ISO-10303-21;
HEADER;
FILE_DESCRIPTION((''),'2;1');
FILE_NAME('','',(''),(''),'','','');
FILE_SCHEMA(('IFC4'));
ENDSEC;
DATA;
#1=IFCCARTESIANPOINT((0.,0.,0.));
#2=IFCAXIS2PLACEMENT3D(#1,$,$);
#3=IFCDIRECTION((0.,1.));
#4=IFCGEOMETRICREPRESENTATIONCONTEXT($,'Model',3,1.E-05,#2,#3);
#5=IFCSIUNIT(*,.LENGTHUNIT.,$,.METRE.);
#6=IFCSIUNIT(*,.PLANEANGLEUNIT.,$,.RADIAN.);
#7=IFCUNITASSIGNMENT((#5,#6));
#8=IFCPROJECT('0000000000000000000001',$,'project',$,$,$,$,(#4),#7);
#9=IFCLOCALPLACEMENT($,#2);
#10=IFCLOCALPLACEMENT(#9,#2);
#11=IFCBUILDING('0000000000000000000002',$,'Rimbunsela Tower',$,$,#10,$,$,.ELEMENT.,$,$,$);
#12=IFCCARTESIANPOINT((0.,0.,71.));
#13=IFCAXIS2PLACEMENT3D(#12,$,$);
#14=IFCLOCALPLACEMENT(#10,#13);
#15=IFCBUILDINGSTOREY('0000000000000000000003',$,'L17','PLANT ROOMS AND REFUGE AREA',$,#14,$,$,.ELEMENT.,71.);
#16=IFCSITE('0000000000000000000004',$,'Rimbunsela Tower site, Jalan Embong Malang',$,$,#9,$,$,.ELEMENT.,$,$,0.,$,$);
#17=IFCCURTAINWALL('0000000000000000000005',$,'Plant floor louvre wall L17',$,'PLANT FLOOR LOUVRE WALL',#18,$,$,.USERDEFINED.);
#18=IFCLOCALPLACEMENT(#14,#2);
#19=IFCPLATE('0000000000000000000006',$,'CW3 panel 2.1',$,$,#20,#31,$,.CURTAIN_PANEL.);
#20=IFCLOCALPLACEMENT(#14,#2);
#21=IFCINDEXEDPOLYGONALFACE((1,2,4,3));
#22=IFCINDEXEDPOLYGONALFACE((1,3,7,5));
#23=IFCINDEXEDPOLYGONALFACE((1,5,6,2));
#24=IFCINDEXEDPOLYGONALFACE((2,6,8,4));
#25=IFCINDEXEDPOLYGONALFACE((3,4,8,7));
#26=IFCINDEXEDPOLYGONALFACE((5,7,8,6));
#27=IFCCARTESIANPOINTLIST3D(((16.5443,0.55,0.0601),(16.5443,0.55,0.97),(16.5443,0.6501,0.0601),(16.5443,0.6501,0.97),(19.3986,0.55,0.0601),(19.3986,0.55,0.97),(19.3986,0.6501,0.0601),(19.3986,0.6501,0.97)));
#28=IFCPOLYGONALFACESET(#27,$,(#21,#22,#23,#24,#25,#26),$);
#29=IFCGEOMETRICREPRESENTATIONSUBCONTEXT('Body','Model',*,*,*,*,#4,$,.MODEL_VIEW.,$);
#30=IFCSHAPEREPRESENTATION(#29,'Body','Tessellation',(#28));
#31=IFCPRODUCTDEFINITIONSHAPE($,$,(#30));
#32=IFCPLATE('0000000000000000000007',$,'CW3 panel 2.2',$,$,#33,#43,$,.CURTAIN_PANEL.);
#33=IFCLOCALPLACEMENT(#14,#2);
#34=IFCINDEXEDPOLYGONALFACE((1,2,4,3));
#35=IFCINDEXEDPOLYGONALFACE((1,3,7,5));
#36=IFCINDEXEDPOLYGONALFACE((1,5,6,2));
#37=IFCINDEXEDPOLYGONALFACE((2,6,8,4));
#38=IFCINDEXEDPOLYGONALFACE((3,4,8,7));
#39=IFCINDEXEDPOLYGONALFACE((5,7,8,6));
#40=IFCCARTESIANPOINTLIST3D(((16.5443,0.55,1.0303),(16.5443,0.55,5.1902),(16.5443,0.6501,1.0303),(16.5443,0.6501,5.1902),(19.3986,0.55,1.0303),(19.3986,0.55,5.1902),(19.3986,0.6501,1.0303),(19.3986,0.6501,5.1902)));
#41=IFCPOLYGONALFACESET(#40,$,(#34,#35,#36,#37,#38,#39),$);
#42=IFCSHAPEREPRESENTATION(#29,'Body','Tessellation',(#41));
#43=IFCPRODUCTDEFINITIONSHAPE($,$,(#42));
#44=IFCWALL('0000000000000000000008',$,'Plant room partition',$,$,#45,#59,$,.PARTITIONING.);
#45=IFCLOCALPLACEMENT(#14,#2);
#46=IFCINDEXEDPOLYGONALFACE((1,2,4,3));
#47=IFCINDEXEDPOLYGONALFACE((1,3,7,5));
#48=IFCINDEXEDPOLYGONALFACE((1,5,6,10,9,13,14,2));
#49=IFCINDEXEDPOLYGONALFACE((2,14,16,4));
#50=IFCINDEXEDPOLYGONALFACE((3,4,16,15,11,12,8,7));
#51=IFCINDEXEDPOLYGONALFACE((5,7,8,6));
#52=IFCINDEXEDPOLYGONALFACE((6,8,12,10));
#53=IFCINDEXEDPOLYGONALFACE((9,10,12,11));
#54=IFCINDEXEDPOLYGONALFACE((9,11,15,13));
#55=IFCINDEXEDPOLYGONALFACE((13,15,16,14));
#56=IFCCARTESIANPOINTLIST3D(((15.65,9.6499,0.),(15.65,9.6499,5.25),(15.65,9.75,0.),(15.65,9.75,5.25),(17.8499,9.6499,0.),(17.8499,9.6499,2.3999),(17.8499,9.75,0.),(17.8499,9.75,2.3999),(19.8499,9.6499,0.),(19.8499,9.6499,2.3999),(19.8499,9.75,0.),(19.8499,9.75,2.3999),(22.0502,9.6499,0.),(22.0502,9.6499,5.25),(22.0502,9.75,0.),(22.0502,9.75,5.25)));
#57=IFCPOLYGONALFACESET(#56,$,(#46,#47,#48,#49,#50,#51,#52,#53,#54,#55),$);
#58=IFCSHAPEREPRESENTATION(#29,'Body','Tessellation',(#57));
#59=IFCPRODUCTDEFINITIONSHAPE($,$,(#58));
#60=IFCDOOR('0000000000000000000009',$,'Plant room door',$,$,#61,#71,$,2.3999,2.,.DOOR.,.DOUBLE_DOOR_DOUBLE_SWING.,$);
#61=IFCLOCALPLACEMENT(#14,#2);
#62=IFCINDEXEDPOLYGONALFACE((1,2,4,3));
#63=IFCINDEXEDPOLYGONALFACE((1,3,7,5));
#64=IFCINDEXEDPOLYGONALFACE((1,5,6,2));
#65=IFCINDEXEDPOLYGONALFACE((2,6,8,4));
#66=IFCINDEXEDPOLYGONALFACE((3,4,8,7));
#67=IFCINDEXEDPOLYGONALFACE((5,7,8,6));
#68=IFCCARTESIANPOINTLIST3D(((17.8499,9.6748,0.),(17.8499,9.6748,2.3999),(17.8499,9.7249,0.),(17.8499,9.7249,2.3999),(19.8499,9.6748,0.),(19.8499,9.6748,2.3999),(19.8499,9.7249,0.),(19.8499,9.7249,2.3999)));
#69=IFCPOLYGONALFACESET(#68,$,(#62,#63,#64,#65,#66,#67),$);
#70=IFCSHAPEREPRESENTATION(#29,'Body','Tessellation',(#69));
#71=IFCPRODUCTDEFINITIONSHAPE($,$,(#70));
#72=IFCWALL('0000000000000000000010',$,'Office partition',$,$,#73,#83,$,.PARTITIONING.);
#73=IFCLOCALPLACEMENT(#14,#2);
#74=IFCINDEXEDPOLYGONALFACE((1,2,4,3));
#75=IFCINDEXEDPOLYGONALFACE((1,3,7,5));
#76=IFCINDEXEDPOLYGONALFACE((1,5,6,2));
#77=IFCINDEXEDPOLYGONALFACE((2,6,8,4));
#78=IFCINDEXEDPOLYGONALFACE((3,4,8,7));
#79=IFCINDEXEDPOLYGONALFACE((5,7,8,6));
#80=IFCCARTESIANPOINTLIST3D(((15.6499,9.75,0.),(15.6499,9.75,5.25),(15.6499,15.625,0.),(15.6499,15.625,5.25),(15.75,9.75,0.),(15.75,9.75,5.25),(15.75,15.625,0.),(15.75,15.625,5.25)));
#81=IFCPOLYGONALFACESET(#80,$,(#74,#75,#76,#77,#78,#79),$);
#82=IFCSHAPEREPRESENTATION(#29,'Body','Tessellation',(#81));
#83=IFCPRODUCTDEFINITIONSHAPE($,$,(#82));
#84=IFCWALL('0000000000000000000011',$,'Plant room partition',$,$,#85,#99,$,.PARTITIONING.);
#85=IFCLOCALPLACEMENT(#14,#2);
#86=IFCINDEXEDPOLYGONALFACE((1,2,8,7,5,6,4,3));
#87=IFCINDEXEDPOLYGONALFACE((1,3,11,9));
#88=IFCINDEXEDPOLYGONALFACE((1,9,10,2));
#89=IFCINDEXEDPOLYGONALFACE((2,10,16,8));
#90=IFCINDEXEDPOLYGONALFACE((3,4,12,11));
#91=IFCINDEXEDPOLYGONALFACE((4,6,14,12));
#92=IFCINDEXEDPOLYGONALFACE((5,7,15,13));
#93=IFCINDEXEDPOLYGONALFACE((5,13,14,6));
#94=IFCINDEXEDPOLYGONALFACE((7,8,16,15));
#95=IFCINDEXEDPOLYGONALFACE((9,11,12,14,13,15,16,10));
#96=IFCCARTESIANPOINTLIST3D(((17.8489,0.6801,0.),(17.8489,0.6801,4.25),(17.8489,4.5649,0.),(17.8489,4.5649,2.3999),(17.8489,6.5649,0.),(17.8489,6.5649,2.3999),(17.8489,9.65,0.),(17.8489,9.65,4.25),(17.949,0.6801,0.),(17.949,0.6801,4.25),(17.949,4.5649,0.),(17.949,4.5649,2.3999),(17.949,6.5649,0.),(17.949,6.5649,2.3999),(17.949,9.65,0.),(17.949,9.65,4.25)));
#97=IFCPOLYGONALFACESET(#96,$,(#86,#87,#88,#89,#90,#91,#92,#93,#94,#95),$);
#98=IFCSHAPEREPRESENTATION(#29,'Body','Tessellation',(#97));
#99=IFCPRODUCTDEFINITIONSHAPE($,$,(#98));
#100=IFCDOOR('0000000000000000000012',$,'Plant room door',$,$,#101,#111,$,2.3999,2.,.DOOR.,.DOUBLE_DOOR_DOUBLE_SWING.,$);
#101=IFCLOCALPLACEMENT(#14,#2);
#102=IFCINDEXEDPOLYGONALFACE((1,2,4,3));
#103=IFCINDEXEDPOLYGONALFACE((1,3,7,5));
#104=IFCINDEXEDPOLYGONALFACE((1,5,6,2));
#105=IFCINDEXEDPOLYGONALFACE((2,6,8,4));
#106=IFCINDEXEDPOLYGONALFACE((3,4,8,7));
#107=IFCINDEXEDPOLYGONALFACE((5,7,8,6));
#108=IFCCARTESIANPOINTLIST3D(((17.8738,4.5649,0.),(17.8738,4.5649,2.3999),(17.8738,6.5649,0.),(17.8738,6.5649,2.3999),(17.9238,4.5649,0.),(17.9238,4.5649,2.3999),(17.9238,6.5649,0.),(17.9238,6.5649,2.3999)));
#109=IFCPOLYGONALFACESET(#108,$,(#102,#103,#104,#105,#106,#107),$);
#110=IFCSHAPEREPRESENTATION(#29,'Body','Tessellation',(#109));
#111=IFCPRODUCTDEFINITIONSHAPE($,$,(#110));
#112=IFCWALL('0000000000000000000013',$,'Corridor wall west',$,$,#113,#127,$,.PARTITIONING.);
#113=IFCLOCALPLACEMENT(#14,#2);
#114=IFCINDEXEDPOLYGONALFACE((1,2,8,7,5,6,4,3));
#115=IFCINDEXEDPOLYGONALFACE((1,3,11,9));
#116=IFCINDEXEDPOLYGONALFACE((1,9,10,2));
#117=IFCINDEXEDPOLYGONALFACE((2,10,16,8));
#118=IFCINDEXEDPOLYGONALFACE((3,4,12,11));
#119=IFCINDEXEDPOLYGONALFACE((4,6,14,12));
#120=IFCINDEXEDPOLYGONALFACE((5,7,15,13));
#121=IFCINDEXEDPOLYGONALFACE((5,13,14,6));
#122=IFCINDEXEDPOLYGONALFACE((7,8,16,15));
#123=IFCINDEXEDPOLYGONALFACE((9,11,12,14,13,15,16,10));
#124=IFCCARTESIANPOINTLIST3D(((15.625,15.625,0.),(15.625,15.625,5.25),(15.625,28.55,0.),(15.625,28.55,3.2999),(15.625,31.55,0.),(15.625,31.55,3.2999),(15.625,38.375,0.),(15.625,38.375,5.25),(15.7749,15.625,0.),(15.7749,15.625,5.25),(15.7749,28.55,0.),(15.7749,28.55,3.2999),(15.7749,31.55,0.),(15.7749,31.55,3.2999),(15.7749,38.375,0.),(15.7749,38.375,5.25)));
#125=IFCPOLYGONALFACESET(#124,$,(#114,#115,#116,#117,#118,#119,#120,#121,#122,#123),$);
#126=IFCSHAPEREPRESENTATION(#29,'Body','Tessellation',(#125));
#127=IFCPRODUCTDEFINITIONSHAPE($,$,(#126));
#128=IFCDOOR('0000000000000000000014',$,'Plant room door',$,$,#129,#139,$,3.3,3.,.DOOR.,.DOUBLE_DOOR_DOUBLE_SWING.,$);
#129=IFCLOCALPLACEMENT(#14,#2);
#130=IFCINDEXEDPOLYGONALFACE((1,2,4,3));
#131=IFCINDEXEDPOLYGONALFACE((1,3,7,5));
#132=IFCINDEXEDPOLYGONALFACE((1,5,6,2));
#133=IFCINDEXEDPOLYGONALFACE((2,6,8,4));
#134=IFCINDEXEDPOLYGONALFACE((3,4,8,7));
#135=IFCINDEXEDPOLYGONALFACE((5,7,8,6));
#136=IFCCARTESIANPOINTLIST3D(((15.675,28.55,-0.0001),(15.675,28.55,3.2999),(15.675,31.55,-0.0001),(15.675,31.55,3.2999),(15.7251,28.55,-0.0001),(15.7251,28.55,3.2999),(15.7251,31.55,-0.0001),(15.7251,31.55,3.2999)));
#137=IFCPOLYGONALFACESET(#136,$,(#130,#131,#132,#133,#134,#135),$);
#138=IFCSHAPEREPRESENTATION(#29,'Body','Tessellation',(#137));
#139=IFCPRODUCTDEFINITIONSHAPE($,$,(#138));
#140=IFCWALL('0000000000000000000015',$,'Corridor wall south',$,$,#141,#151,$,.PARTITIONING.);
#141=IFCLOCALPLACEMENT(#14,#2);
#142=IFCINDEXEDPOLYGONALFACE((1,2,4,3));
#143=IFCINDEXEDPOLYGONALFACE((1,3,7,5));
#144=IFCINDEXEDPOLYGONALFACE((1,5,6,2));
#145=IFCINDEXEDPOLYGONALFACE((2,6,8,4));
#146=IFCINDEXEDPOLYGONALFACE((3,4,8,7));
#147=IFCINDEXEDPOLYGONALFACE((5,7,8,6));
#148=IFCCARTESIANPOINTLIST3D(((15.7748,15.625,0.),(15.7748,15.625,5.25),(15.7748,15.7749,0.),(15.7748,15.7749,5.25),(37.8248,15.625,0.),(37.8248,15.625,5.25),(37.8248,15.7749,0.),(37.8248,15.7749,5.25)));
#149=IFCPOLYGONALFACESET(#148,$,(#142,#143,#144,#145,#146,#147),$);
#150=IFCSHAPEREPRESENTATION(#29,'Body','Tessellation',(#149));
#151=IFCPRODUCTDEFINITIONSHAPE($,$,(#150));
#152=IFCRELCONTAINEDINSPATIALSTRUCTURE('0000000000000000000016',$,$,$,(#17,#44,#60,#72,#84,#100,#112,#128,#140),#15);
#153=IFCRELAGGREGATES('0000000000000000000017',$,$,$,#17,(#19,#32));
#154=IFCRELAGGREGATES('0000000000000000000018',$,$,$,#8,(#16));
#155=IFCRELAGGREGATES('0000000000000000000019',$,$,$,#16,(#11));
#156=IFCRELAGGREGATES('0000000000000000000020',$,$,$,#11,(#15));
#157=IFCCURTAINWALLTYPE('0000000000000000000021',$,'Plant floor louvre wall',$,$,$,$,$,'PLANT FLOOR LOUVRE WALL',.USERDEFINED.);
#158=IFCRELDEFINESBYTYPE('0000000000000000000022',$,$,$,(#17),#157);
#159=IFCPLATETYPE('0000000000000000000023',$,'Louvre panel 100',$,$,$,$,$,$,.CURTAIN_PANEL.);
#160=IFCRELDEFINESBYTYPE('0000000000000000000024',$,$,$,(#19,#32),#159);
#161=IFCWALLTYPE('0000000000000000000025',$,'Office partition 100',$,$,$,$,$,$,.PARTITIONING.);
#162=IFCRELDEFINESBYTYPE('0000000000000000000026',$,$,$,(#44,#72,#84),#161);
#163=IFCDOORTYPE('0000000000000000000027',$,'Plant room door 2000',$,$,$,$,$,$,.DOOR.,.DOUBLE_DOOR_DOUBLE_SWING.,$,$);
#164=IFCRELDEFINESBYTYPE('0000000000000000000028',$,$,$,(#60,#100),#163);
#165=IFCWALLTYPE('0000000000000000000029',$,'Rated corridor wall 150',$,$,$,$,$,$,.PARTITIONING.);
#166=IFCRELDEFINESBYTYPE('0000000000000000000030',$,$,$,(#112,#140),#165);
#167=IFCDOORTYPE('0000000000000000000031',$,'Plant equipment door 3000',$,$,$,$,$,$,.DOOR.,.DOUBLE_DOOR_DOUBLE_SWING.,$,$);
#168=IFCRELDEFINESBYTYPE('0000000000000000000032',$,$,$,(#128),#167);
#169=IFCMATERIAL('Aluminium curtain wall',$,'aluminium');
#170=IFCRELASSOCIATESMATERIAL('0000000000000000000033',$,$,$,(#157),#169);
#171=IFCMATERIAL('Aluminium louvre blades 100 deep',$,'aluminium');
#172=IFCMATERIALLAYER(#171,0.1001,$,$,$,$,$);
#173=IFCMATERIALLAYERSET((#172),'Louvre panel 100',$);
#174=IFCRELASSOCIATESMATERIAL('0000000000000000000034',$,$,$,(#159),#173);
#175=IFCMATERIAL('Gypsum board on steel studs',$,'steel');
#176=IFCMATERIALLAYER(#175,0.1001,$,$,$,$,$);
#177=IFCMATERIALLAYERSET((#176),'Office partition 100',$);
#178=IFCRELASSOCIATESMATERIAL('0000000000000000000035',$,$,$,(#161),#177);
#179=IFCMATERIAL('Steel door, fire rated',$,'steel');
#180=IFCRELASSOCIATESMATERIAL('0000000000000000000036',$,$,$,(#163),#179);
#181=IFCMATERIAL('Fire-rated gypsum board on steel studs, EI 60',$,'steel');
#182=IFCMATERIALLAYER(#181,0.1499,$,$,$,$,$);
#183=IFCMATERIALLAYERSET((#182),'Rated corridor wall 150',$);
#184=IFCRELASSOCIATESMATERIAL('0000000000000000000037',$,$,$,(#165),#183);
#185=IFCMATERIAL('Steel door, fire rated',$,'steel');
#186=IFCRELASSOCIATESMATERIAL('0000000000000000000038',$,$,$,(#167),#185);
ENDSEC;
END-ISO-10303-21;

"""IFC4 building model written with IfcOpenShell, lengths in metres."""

from ifc_helpers import new_model, si_unit, direction, frame, frame_2d, origin, origin_2d, place, context, subcontext, project, spatial, rectangle, extrude, material, layer, layer_set, type_object, element, fill, aggregate, save


model = new_model("IFC4")

# Units and contexts
model_context = context("Model", 3, precision=1e-05, world=origin(), true_north=direction((0.0, 1.0)))
body_context = subcontext(model_context, "Body", "Model", "MODEL_VIEW")
ifc_project = project(units=[si_unit("LENGTHUNIT", "METRE"), si_unit("PLANEANGLEUNIT", "RADIAN")], contexts=[model_context])

# Site, building, storey
site_placement = place(None, origin())
site = spatial("IfcSite", under=ifc_project, at=site_placement, Name="Rimbunsela Tower site, Jalan Embong Malang", CompositionType="ELEMENT", RefElevation=0.0)
building_placement = place(site_placement, origin())
building = spatial("IfcBuilding", under=site, at=building_placement, Name="Rimbunsela Tower", CompositionType="ELEMENT")
storey_placement = place(building_placement, frame((0.0, 0.0, 71.0)))
storey = spatial("IfcBuildingStorey", under=building, at=storey_placement, Name="L17", Description="PLANT ROOMS AND REFUGE AREA", CompositionType="ELEMENT", Elevation=71.0)

# Curtain wall
ifc_material_1 = material(Name="Aluminium curtain wall", Category="aluminium")
curtain_wall_type_1 = type_object("IfcCurtainWallType", Name="Plant floor louvre wall", ElementType="PLANT FLOOR LOUVRE WALL", PredefinedType="USERDEFINED", material=ifc_material_1)
curtain_wall_1_placement = place(storey_placement, origin())
curtain_wall_1 = element("IfcCurtainWall", 1, at=curtain_wall_1_placement, inside=storey, type_object=curtain_wall_type_1, Name="Plant floor louvre wall L17", ObjectType="PLANT FLOOR LOUVRE WALL", PredefinedType="USERDEFINED")

# Plates
ifc_material_2 = material(Name="Aluminium louvre blades 100 deep", Category="aluminium")
ifc_layer_1 = layer(ifc_material_2, 0.1001)
ifc_layer_set_1 = layer_set([ifc_layer_1], Name="Louvre panel 100")
plate_type_1 = type_object("IfcPlateType", Name="Louvre panel 100", PredefinedType="CURTAIN_PANEL", material=ifc_layer_set_1)
plate_1_placement = place(storey_placement, frame((17.9714, 0.6001, 0.0601), z_axis=(0.0, 0.0, 1.0), x_axis=(1.0, 0.0, 0.0)))
plate_1 = element("IfcPlate", 2, at=plate_1_placement, type_object=plate_type_1, Name="CW3 panel 2.1", PredefinedType="CURTAIN_PANEL", context=body_context, shape_type="SweptSolid", body=[
    extrude(rectangle(XDim=2.8542, YDim=0.1001, at=origin_2d()), origin(), (0.0, 0.0, 1.0), 0.9099),
])
plate_2_placement = place(storey_placement, frame((17.9714, 0.6001, 1.0303), z_axis=(0.0, 0.0, 1.0), x_axis=(1.0, 0.0, 0.0)))
plate_2 = element("IfcPlate", 3, at=plate_2_placement, type_object=plate_type_1, Name="CW3 panel 2.2", PredefinedType="CURTAIN_PANEL", context=body_context, shape_type="SweptSolid", body=[
    extrude(rectangle(XDim=2.8542, YDim=0.1001, at=origin_2d()), origin(), (0.0, 0.0, 1.0), 4.1599),
])
aggregate(curtain_wall_1, [plate_1, plate_2])

# Wall, opening, door
ifc_material_3 = material(Name="Gypsum board on steel studs", Category="steel")
ifc_layer_2 = layer(ifc_material_3, 0.1001)
ifc_layer_set_2 = layer_set([ifc_layer_2], Name="Office partition 100")
wall_type_1 = type_object("IfcWallType", Name="Office partition 100", PredefinedType="PARTITIONING", material=ifc_layer_set_2)
wall_1_placement = place(storey_placement, frame((15.6499, 9.7, 0.0), z_axis=(0.0, 0.0, 1.0), x_axis=(1.0, 0.0, 0.0)))
wall_1 = element("IfcWall", 4, at=wall_1_placement, inside=storey, type_object=wall_type_1, Name="Plant room partition", PredefinedType="PARTITIONING", context=body_context, shape_type="SweptSolid", body=[
    extrude(rectangle(XDim=6.4001, YDim=0.1001, at=frame_2d((3.2002, 0.0))), origin(), (0.0, 0.0, 1.0), 5.25),
])
opening_1_placement = place(wall_1_placement, frame((2.2, 0.0, 0.0)))
opening_1 = element("IfcOpeningElement", 5, at=opening_1_placement, cuts=wall_1, PredefinedType="OPENING", context=body_context, shape_type="SweptSolid", body=[
    extrude(rectangle(XDim=2.0, YDim=2.3999, at=frame_2d((1.0, 1.2))), frame((0.0, 0.0601, 0.0), z_axis=(0.0, -1.0, 0.0), x_axis=(1.0, 0.0, 0.0)), (0.0, 0.0, 1.0), 0.1201),
])
ifc_material_4 = material(Name="Steel door, fire rated", Category="steel")
door_type_1 = type_object("IfcDoorType", Name="Plant room door 2000", OperationType="DOUBLE_DOOR_DOUBLE_SWING", PredefinedType="DOOR", material=ifc_material_4)
door_1_placement = place(opening_1_placement, origin())
door_1 = element("IfcDoor", 6, at=door_1_placement, inside=storey, type_object=door_type_1, Name="Plant room door", OperationType="DOUBLE_DOOR_DOUBLE_SWING", OverallHeight=2.3999, OverallWidth=2.0, PredefinedType="DOOR", context=body_context, shape_type="SweptSolid", body=[
    extrude(rectangle(XDim=2.0, YDim=2.3999, at=frame_2d((1.0, 1.2))), frame((0.0, 0.0249, 0.0), z_axis=(0.0, -1.0, 0.0), x_axis=(1.0, 0.0, 0.0)), (0.0, 0.0, 1.0), 0.05),
])
fill(opening_1, door_1)

# Wall
wall_2_placement = place(storey_placement, frame((15.7, 9.75, 0.0), z_axis=(0.0, 0.0, 1.0), x_axis=(0.0, 1.0, 0.0)))
element("IfcWall", 7, at=wall_2_placement, inside=storey, type_object=wall_type_1, Name="Office partition", PredefinedType="PARTITIONING", context=body_context, shape_type="SweptSolid", body=[
    extrude(rectangle(XDim=5.875, YDim=0.1001, at=frame_2d((2.9375, 0.0))), origin(), (0.0, 0.0, 1.0), 5.25),
])

# Walls, openings, doors
wall_3_placement = place(storey_placement, frame((17.8989, 9.6499, 0.0), z_axis=(0.0, 0.0, 1.0), x_axis=(0.0, -1.0, 0.0)))
wall_3 = element("IfcWall", 8, at=wall_3_placement, inside=storey, type_object=wall_type_1, Name="Plant room partition", PredefinedType="PARTITIONING", context=body_context, shape_type="SweptSolid", body=[
    extrude(rectangle(XDim=8.97, YDim=0.1001, at=frame_2d((4.4849, 0.0))), origin(), (0.0, 0.0, 1.0), 4.25),
])
opening_2_placement = place(wall_3_placement, frame((3.085, 0.0, 0.0)))
opening_2 = element("IfcOpeningElement", 9, at=opening_2_placement, cuts=wall_3, PredefinedType="OPENING", context=body_context, shape_type="SweptSolid", body=[
    extrude(rectangle(XDim=2.0, YDim=2.3999, at=frame_2d((1.0, 1.2))), frame((0.0, 0.0601, 0.0), z_axis=(0.0, -1.0, 0.0), x_axis=(1.0, 0.0, 0.0)), (0.0, 0.0, 1.0), 0.1201),
])
door_2_placement = place(opening_2_placement, origin())
door_2 = element("IfcDoor", 10, at=door_2_placement, inside=storey, type_object=door_type_1, Name="Plant room door", OperationType="DOUBLE_DOOR_DOUBLE_SWING", OverallHeight=2.3999, OverallWidth=2.0, PredefinedType="DOOR", context=body_context, shape_type="SweptSolid", body=[
    extrude(rectangle(XDim=2.0, YDim=2.3999, at=frame_2d((1.0, 1.2))), frame((0.0, 0.0249, 0.0), z_axis=(0.0, -1.0, 0.0), x_axis=(1.0, 0.0, 0.0)), (0.0, 0.0, 1.0), 0.05),
])
fill(opening_2, door_2)
ifc_material_5 = material(Name="Fire-rated gypsum board on steel studs, EI 60", Category="steel")
ifc_layer_3 = layer(ifc_material_5, 0.1499)
ifc_layer_set_3 = layer_set([ifc_layer_3], Name="Rated corridor wall 150")
wall_type_2 = type_object("IfcWallType", Name="Rated corridor wall 150", PredefinedType="PARTITIONING", material=ifc_layer_set_3)
wall_4_placement = place(storey_placement, frame((15.7, 15.625, 0.0), z_axis=(0.0, 0.0, 1.0), x_axis=(0.0, 1.0, 0.0)))
wall_4 = element("IfcWall", 11, at=wall_4_placement, inside=storey, type_object=wall_type_2, Name="Corridor wall west", PredefinedType="PARTITIONING", context=body_context, shape_type="SweptSolid", body=[
    extrude(rectangle(XDim=22.75, YDim=0.1499, at=frame_2d((11.375, 0.0))), origin(), (0.0, 0.0, 1.0), 5.25),
])
opening_3_placement = place(wall_4_placement, frame((12.925, 0.0, 0.0)))
opening_3 = element("IfcOpeningElement", 12, at=opening_3_placement, cuts=wall_4, PredefinedType="OPENING", context=body_context, shape_type="SweptSolid", body=[
    extrude(rectangle(XDim=3.0, YDim=3.3, at=frame_2d((1.5, 1.6499))), frame((0.0, 0.085, 0.0), z_axis=(0.0, -1.0, 0.0), x_axis=(1.0, 0.0, 0.0)), (0.0, 0.0, 1.0), 0.1699),
])
ifc_material_6 = material(Name="Steel door, fire rated", Category="steel")
door_type_2 = type_object("IfcDoorType", Name="Plant equipment door 3000", OperationType="DOUBLE_DOOR_DOUBLE_SWING", PredefinedType="DOOR", material=ifc_material_6)
door_3_placement = place(opening_3_placement, origin())
door_3 = element("IfcDoor", 13, at=door_3_placement, inside=storey, type_object=door_type_2, Name="Plant room door", OperationType="DOUBLE_DOOR_DOUBLE_SWING", OverallHeight=3.3, OverallWidth=3.0, PredefinedType="DOOR", context=body_context, shape_type="SweptSolid", body=[
    extrude(rectangle(XDim=3.0, YDim=3.3, at=frame_2d((1.5, 1.6499))), frame((0.0, 0.0249, 0.0), z_axis=(0.0, -1.0, 0.0), x_axis=(1.0, 0.0, 0.0)), (0.0, 0.0, 1.0), 0.05),
])
fill(opening_3, door_3)

# Wall
wall_5_placement = place(storey_placement, frame((15.7749, 15.7, 0.0), z_axis=(0.0, 0.0, 1.0), x_axis=(1.0, 0.0, 0.0)))
element("IfcWall", 14, at=wall_5_placement, inside=storey, type_object=wall_type_2, Name="Corridor wall south", PredefinedType="PARTITIONING", context=body_context, shape_type="SweptSolid", body=[
    extrude(rectangle(XDim=22.05, YDim=0.1499, at=frame_2d((11.0249, 0.0))), origin(), (0.0, 0.0, 1.0), 5.25),
])

save(model, "model.ifc")
